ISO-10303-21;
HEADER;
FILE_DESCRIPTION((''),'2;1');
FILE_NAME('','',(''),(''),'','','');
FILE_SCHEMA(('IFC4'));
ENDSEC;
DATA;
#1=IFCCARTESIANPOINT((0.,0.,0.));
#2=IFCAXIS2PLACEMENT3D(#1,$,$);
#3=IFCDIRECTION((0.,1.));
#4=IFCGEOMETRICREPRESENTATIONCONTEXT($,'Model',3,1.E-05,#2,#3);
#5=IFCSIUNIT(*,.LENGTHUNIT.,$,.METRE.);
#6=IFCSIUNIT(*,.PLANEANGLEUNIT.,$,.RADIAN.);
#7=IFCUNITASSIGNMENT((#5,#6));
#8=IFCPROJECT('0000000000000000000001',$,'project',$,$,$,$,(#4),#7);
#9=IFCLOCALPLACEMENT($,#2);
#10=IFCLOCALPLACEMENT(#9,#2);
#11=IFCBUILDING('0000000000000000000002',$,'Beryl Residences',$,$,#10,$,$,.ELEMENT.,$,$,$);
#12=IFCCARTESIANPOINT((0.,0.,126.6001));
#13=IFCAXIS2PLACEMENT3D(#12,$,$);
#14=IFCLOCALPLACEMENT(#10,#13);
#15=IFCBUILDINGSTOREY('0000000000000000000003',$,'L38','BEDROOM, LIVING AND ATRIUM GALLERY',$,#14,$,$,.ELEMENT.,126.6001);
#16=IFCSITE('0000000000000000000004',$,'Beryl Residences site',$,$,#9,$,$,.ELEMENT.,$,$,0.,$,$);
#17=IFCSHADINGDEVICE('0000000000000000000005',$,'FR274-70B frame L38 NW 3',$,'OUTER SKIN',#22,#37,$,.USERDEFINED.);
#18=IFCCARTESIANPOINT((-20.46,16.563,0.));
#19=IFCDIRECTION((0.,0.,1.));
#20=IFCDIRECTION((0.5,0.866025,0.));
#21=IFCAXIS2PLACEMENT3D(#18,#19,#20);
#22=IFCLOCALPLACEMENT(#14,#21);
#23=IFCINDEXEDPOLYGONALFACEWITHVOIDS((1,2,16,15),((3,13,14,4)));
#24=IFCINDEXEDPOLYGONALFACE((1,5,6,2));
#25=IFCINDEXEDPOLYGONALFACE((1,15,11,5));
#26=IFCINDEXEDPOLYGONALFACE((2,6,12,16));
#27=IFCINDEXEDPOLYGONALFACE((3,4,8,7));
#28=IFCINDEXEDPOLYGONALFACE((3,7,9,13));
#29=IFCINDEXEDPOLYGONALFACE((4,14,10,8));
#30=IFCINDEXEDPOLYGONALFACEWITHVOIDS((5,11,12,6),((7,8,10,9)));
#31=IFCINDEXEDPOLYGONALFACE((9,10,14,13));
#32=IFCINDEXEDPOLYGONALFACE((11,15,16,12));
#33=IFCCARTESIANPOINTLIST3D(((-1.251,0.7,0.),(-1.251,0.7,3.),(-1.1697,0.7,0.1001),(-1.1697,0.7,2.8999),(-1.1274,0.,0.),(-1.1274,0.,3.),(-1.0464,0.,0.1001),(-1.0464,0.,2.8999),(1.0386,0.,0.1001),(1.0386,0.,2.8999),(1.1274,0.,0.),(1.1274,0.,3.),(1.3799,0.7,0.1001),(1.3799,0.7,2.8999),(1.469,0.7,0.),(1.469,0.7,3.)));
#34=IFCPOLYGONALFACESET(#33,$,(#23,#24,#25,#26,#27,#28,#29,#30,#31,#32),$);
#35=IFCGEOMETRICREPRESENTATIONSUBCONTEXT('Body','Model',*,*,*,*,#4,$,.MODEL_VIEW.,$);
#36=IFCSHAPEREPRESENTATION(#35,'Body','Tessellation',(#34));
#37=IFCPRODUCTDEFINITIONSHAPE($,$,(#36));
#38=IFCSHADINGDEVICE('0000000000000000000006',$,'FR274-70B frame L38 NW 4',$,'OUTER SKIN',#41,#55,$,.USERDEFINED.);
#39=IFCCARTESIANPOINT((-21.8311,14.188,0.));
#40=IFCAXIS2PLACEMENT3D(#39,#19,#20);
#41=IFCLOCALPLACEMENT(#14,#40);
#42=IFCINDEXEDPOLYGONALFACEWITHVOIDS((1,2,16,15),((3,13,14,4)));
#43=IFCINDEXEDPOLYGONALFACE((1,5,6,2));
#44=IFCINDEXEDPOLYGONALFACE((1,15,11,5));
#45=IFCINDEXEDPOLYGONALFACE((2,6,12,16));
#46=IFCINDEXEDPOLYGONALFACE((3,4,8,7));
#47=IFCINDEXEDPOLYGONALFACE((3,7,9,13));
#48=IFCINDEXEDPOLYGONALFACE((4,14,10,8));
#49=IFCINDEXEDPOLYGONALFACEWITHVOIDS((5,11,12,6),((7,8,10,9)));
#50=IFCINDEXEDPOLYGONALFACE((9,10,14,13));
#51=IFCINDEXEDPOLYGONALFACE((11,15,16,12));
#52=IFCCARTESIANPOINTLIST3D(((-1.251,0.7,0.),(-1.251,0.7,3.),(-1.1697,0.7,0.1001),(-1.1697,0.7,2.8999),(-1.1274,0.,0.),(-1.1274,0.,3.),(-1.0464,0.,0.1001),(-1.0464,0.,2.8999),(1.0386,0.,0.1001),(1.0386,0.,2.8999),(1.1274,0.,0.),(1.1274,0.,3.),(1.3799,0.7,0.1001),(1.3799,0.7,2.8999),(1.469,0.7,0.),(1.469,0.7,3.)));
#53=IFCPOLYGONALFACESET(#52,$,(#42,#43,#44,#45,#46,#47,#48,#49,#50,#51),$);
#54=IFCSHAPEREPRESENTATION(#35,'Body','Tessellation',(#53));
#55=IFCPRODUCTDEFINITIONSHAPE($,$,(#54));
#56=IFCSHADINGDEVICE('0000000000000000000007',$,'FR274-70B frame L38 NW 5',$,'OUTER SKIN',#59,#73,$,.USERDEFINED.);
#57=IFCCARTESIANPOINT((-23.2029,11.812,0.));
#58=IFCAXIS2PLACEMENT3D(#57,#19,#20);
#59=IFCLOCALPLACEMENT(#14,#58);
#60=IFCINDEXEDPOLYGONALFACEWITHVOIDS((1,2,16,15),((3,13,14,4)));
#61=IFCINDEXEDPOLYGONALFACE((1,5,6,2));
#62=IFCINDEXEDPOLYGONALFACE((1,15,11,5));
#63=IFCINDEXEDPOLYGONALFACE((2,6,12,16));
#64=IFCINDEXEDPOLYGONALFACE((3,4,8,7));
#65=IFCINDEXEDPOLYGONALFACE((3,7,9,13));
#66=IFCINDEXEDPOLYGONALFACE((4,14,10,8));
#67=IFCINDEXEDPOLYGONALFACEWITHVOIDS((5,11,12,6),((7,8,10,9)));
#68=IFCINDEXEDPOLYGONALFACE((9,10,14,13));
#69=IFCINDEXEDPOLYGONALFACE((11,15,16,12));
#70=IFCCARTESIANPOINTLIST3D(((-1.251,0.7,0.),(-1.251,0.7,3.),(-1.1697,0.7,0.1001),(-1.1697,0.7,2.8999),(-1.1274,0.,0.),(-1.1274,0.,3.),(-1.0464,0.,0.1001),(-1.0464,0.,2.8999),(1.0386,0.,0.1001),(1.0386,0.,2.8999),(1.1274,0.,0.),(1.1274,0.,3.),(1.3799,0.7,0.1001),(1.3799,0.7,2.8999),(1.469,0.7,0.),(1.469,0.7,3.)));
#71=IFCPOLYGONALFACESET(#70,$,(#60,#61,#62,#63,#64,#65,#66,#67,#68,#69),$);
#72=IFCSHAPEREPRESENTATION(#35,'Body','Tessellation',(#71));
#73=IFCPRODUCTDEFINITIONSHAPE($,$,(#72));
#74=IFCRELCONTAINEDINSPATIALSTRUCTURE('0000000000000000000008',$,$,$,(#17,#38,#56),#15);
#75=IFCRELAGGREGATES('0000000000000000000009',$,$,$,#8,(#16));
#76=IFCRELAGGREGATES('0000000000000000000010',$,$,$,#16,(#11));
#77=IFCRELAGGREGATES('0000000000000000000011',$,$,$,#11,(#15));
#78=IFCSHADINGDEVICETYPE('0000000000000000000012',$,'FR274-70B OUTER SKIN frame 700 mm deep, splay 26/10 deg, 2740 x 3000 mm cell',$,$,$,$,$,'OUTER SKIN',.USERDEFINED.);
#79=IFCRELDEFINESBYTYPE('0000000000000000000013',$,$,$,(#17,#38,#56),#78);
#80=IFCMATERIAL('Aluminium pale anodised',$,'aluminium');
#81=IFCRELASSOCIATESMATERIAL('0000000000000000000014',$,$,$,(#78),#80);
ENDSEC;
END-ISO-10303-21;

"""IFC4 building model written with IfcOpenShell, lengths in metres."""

from ifc_helpers import new_model, entity, si_unit, direction, frame, origin, place, context, subcontext, project, spatial, source, transform, mapped, material, type_object, type_shapes, element, save


model = new_model("IFC4")

# Units and contexts
model_context = context("Model", 3, precision=1e-05, world=origin(), true_north=direction((0.0, 1.0)))
body_context = subcontext(model_context, "Body", "Model", "MODEL_VIEW")
ifc_project = project(units=[si_unit("LENGTHUNIT", "METRE"), si_unit("PLANEANGLEUNIT", "RADIAN")], contexts=[model_context])

# Site, building, storey
site_placement = place(None, origin())
site = spatial("IfcSite", under=ifc_project, at=site_placement, Name="Beryl Residences site", CompositionType="ELEMENT", RefElevation=0.0)
building_placement = place(site_placement, origin())
building = spatial("IfcBuilding", under=site, at=building_placement, Name="Beryl Residences", CompositionType="ELEMENT")
storey_placement = place(building_placement, frame((0.0, 0.0, 126.6001)))
storey = spatial("IfcBuildingStorey", under=building, at=storey_placement, Name="L38", Description="BEDROOM, LIVING AND ATRIUM GALLERY", CompositionType="ELEMENT", Elevation=126.6001)

# Shading devices
ifc_material_1 = material(Name="Aluminium pale anodised", Category="aluminium")
shading_device_type = type_object("IfcShadingDeviceType", Name="FR274-70B OUTER SKIN frame 700 mm deep, splay 26/10 deg, 2740 x 3000 mm cell", ElementType="OUTER SKIN", PredefinedType="USERDEFINED", material=ifc_material_1)
cartesian_point_1 = entity("IfcCartesianPoint", [-1.1274, 0.0])
cartesian_point_2 = entity("IfcCartesianPoint", [-1.0386, 0.1001])
cartesian_point_3 = entity("IfcCartesianPoint", [-1.469, 0.0])
cartesian_point_4 = entity("IfcCartesianPoint", [-1.3799, 0.1001])
shared_shape_1 = source(origin(), body_context, "Body", "SweptSolid", [
    entity("IfcExtrudedAreaSolidTapered", entity("IfcArbitraryProfileDefWithVoids", "AREA", None, entity("IfcPolyline", [cartesian_point_1, entity("IfcCartesianPoint", [1.1274, 0.0]), entity("IfcCartesianPoint", [1.1274, 3.0]), entity("IfcCartesianPoint", [-1.1274, 3.0]), cartesian_point_1]), [entity("IfcPolyline", [cartesian_point_2, entity("IfcCartesianPoint", [1.0464, 0.1001]), entity("IfcCartesianPoint", [1.0464, 2.8999]), entity("IfcCartesianPoint", [-1.0386, 2.8999]), cartesian_point_2])]), entity("IfcAxis2Placement3D", entity("IfcCartesianPoint", [0.0, 0.0, 0.0]), entity("IfcDirection", [0.0, 1.0, 0.0]), entity("IfcDirection", [-1.0, 0.0, 0.0])), entity("IfcDirection", [0.0, 0.0, 1.0]), 0.7, entity("IfcArbitraryProfileDefWithVoids", "AREA", None, entity("IfcPolyline", [cartesian_point_3, entity("IfcCartesianPoint", [1.251, 0.0]), entity("IfcCartesianPoint", [1.251, 3.0]), entity("IfcCartesianPoint", [-1.469, 3.0]), cartesian_point_3]), [entity("IfcPolyline", [cartesian_point_4, entity("IfcCartesianPoint", [1.1697, 0.1001]), entity("IfcCartesianPoint", [1.1697, 2.8999]), entity("IfcCartesianPoint", [-1.3799, 2.8999]), cartesian_point_4])])),
])
type_shapes(shading_device_type, [shared_shape_1])
for number, where, z_axis, x_axis, name in (
    (1, (-20.46, 16.563, 0.0), (0.0, 0.0, 1.0), (0.5, 0.866025, 0.0), "FR274-70B frame L38 NW 3"),
    (2, (-21.8311, 14.188, 0.0), (0.0, 0.0, 1.0), (0.5, 0.866025, 0.0), "FR274-70B frame L38 NW 4"),
    (3, (-23.2029, 11.812, 0.0), (0.0, 0.0, 1.0), (0.5, 0.866025, 0.0), "FR274-70B frame L38 NW 5"),
):
    element("IfcShadingDevice", number, at=place(storey_placement, frame(where, z_axis=z_axis, x_axis=x_axis)), inside=storey, type_object=shading_device_type, Name=name, ObjectType="OUTER SKIN", PredefinedType="USERDEFINED", context=body_context, shape_type="MappedRepresentation", body=[
        mapped(shared_shape_1, transform((0.0, 0.0, 0.0))),
    ])

save(model, "model.ifc")
